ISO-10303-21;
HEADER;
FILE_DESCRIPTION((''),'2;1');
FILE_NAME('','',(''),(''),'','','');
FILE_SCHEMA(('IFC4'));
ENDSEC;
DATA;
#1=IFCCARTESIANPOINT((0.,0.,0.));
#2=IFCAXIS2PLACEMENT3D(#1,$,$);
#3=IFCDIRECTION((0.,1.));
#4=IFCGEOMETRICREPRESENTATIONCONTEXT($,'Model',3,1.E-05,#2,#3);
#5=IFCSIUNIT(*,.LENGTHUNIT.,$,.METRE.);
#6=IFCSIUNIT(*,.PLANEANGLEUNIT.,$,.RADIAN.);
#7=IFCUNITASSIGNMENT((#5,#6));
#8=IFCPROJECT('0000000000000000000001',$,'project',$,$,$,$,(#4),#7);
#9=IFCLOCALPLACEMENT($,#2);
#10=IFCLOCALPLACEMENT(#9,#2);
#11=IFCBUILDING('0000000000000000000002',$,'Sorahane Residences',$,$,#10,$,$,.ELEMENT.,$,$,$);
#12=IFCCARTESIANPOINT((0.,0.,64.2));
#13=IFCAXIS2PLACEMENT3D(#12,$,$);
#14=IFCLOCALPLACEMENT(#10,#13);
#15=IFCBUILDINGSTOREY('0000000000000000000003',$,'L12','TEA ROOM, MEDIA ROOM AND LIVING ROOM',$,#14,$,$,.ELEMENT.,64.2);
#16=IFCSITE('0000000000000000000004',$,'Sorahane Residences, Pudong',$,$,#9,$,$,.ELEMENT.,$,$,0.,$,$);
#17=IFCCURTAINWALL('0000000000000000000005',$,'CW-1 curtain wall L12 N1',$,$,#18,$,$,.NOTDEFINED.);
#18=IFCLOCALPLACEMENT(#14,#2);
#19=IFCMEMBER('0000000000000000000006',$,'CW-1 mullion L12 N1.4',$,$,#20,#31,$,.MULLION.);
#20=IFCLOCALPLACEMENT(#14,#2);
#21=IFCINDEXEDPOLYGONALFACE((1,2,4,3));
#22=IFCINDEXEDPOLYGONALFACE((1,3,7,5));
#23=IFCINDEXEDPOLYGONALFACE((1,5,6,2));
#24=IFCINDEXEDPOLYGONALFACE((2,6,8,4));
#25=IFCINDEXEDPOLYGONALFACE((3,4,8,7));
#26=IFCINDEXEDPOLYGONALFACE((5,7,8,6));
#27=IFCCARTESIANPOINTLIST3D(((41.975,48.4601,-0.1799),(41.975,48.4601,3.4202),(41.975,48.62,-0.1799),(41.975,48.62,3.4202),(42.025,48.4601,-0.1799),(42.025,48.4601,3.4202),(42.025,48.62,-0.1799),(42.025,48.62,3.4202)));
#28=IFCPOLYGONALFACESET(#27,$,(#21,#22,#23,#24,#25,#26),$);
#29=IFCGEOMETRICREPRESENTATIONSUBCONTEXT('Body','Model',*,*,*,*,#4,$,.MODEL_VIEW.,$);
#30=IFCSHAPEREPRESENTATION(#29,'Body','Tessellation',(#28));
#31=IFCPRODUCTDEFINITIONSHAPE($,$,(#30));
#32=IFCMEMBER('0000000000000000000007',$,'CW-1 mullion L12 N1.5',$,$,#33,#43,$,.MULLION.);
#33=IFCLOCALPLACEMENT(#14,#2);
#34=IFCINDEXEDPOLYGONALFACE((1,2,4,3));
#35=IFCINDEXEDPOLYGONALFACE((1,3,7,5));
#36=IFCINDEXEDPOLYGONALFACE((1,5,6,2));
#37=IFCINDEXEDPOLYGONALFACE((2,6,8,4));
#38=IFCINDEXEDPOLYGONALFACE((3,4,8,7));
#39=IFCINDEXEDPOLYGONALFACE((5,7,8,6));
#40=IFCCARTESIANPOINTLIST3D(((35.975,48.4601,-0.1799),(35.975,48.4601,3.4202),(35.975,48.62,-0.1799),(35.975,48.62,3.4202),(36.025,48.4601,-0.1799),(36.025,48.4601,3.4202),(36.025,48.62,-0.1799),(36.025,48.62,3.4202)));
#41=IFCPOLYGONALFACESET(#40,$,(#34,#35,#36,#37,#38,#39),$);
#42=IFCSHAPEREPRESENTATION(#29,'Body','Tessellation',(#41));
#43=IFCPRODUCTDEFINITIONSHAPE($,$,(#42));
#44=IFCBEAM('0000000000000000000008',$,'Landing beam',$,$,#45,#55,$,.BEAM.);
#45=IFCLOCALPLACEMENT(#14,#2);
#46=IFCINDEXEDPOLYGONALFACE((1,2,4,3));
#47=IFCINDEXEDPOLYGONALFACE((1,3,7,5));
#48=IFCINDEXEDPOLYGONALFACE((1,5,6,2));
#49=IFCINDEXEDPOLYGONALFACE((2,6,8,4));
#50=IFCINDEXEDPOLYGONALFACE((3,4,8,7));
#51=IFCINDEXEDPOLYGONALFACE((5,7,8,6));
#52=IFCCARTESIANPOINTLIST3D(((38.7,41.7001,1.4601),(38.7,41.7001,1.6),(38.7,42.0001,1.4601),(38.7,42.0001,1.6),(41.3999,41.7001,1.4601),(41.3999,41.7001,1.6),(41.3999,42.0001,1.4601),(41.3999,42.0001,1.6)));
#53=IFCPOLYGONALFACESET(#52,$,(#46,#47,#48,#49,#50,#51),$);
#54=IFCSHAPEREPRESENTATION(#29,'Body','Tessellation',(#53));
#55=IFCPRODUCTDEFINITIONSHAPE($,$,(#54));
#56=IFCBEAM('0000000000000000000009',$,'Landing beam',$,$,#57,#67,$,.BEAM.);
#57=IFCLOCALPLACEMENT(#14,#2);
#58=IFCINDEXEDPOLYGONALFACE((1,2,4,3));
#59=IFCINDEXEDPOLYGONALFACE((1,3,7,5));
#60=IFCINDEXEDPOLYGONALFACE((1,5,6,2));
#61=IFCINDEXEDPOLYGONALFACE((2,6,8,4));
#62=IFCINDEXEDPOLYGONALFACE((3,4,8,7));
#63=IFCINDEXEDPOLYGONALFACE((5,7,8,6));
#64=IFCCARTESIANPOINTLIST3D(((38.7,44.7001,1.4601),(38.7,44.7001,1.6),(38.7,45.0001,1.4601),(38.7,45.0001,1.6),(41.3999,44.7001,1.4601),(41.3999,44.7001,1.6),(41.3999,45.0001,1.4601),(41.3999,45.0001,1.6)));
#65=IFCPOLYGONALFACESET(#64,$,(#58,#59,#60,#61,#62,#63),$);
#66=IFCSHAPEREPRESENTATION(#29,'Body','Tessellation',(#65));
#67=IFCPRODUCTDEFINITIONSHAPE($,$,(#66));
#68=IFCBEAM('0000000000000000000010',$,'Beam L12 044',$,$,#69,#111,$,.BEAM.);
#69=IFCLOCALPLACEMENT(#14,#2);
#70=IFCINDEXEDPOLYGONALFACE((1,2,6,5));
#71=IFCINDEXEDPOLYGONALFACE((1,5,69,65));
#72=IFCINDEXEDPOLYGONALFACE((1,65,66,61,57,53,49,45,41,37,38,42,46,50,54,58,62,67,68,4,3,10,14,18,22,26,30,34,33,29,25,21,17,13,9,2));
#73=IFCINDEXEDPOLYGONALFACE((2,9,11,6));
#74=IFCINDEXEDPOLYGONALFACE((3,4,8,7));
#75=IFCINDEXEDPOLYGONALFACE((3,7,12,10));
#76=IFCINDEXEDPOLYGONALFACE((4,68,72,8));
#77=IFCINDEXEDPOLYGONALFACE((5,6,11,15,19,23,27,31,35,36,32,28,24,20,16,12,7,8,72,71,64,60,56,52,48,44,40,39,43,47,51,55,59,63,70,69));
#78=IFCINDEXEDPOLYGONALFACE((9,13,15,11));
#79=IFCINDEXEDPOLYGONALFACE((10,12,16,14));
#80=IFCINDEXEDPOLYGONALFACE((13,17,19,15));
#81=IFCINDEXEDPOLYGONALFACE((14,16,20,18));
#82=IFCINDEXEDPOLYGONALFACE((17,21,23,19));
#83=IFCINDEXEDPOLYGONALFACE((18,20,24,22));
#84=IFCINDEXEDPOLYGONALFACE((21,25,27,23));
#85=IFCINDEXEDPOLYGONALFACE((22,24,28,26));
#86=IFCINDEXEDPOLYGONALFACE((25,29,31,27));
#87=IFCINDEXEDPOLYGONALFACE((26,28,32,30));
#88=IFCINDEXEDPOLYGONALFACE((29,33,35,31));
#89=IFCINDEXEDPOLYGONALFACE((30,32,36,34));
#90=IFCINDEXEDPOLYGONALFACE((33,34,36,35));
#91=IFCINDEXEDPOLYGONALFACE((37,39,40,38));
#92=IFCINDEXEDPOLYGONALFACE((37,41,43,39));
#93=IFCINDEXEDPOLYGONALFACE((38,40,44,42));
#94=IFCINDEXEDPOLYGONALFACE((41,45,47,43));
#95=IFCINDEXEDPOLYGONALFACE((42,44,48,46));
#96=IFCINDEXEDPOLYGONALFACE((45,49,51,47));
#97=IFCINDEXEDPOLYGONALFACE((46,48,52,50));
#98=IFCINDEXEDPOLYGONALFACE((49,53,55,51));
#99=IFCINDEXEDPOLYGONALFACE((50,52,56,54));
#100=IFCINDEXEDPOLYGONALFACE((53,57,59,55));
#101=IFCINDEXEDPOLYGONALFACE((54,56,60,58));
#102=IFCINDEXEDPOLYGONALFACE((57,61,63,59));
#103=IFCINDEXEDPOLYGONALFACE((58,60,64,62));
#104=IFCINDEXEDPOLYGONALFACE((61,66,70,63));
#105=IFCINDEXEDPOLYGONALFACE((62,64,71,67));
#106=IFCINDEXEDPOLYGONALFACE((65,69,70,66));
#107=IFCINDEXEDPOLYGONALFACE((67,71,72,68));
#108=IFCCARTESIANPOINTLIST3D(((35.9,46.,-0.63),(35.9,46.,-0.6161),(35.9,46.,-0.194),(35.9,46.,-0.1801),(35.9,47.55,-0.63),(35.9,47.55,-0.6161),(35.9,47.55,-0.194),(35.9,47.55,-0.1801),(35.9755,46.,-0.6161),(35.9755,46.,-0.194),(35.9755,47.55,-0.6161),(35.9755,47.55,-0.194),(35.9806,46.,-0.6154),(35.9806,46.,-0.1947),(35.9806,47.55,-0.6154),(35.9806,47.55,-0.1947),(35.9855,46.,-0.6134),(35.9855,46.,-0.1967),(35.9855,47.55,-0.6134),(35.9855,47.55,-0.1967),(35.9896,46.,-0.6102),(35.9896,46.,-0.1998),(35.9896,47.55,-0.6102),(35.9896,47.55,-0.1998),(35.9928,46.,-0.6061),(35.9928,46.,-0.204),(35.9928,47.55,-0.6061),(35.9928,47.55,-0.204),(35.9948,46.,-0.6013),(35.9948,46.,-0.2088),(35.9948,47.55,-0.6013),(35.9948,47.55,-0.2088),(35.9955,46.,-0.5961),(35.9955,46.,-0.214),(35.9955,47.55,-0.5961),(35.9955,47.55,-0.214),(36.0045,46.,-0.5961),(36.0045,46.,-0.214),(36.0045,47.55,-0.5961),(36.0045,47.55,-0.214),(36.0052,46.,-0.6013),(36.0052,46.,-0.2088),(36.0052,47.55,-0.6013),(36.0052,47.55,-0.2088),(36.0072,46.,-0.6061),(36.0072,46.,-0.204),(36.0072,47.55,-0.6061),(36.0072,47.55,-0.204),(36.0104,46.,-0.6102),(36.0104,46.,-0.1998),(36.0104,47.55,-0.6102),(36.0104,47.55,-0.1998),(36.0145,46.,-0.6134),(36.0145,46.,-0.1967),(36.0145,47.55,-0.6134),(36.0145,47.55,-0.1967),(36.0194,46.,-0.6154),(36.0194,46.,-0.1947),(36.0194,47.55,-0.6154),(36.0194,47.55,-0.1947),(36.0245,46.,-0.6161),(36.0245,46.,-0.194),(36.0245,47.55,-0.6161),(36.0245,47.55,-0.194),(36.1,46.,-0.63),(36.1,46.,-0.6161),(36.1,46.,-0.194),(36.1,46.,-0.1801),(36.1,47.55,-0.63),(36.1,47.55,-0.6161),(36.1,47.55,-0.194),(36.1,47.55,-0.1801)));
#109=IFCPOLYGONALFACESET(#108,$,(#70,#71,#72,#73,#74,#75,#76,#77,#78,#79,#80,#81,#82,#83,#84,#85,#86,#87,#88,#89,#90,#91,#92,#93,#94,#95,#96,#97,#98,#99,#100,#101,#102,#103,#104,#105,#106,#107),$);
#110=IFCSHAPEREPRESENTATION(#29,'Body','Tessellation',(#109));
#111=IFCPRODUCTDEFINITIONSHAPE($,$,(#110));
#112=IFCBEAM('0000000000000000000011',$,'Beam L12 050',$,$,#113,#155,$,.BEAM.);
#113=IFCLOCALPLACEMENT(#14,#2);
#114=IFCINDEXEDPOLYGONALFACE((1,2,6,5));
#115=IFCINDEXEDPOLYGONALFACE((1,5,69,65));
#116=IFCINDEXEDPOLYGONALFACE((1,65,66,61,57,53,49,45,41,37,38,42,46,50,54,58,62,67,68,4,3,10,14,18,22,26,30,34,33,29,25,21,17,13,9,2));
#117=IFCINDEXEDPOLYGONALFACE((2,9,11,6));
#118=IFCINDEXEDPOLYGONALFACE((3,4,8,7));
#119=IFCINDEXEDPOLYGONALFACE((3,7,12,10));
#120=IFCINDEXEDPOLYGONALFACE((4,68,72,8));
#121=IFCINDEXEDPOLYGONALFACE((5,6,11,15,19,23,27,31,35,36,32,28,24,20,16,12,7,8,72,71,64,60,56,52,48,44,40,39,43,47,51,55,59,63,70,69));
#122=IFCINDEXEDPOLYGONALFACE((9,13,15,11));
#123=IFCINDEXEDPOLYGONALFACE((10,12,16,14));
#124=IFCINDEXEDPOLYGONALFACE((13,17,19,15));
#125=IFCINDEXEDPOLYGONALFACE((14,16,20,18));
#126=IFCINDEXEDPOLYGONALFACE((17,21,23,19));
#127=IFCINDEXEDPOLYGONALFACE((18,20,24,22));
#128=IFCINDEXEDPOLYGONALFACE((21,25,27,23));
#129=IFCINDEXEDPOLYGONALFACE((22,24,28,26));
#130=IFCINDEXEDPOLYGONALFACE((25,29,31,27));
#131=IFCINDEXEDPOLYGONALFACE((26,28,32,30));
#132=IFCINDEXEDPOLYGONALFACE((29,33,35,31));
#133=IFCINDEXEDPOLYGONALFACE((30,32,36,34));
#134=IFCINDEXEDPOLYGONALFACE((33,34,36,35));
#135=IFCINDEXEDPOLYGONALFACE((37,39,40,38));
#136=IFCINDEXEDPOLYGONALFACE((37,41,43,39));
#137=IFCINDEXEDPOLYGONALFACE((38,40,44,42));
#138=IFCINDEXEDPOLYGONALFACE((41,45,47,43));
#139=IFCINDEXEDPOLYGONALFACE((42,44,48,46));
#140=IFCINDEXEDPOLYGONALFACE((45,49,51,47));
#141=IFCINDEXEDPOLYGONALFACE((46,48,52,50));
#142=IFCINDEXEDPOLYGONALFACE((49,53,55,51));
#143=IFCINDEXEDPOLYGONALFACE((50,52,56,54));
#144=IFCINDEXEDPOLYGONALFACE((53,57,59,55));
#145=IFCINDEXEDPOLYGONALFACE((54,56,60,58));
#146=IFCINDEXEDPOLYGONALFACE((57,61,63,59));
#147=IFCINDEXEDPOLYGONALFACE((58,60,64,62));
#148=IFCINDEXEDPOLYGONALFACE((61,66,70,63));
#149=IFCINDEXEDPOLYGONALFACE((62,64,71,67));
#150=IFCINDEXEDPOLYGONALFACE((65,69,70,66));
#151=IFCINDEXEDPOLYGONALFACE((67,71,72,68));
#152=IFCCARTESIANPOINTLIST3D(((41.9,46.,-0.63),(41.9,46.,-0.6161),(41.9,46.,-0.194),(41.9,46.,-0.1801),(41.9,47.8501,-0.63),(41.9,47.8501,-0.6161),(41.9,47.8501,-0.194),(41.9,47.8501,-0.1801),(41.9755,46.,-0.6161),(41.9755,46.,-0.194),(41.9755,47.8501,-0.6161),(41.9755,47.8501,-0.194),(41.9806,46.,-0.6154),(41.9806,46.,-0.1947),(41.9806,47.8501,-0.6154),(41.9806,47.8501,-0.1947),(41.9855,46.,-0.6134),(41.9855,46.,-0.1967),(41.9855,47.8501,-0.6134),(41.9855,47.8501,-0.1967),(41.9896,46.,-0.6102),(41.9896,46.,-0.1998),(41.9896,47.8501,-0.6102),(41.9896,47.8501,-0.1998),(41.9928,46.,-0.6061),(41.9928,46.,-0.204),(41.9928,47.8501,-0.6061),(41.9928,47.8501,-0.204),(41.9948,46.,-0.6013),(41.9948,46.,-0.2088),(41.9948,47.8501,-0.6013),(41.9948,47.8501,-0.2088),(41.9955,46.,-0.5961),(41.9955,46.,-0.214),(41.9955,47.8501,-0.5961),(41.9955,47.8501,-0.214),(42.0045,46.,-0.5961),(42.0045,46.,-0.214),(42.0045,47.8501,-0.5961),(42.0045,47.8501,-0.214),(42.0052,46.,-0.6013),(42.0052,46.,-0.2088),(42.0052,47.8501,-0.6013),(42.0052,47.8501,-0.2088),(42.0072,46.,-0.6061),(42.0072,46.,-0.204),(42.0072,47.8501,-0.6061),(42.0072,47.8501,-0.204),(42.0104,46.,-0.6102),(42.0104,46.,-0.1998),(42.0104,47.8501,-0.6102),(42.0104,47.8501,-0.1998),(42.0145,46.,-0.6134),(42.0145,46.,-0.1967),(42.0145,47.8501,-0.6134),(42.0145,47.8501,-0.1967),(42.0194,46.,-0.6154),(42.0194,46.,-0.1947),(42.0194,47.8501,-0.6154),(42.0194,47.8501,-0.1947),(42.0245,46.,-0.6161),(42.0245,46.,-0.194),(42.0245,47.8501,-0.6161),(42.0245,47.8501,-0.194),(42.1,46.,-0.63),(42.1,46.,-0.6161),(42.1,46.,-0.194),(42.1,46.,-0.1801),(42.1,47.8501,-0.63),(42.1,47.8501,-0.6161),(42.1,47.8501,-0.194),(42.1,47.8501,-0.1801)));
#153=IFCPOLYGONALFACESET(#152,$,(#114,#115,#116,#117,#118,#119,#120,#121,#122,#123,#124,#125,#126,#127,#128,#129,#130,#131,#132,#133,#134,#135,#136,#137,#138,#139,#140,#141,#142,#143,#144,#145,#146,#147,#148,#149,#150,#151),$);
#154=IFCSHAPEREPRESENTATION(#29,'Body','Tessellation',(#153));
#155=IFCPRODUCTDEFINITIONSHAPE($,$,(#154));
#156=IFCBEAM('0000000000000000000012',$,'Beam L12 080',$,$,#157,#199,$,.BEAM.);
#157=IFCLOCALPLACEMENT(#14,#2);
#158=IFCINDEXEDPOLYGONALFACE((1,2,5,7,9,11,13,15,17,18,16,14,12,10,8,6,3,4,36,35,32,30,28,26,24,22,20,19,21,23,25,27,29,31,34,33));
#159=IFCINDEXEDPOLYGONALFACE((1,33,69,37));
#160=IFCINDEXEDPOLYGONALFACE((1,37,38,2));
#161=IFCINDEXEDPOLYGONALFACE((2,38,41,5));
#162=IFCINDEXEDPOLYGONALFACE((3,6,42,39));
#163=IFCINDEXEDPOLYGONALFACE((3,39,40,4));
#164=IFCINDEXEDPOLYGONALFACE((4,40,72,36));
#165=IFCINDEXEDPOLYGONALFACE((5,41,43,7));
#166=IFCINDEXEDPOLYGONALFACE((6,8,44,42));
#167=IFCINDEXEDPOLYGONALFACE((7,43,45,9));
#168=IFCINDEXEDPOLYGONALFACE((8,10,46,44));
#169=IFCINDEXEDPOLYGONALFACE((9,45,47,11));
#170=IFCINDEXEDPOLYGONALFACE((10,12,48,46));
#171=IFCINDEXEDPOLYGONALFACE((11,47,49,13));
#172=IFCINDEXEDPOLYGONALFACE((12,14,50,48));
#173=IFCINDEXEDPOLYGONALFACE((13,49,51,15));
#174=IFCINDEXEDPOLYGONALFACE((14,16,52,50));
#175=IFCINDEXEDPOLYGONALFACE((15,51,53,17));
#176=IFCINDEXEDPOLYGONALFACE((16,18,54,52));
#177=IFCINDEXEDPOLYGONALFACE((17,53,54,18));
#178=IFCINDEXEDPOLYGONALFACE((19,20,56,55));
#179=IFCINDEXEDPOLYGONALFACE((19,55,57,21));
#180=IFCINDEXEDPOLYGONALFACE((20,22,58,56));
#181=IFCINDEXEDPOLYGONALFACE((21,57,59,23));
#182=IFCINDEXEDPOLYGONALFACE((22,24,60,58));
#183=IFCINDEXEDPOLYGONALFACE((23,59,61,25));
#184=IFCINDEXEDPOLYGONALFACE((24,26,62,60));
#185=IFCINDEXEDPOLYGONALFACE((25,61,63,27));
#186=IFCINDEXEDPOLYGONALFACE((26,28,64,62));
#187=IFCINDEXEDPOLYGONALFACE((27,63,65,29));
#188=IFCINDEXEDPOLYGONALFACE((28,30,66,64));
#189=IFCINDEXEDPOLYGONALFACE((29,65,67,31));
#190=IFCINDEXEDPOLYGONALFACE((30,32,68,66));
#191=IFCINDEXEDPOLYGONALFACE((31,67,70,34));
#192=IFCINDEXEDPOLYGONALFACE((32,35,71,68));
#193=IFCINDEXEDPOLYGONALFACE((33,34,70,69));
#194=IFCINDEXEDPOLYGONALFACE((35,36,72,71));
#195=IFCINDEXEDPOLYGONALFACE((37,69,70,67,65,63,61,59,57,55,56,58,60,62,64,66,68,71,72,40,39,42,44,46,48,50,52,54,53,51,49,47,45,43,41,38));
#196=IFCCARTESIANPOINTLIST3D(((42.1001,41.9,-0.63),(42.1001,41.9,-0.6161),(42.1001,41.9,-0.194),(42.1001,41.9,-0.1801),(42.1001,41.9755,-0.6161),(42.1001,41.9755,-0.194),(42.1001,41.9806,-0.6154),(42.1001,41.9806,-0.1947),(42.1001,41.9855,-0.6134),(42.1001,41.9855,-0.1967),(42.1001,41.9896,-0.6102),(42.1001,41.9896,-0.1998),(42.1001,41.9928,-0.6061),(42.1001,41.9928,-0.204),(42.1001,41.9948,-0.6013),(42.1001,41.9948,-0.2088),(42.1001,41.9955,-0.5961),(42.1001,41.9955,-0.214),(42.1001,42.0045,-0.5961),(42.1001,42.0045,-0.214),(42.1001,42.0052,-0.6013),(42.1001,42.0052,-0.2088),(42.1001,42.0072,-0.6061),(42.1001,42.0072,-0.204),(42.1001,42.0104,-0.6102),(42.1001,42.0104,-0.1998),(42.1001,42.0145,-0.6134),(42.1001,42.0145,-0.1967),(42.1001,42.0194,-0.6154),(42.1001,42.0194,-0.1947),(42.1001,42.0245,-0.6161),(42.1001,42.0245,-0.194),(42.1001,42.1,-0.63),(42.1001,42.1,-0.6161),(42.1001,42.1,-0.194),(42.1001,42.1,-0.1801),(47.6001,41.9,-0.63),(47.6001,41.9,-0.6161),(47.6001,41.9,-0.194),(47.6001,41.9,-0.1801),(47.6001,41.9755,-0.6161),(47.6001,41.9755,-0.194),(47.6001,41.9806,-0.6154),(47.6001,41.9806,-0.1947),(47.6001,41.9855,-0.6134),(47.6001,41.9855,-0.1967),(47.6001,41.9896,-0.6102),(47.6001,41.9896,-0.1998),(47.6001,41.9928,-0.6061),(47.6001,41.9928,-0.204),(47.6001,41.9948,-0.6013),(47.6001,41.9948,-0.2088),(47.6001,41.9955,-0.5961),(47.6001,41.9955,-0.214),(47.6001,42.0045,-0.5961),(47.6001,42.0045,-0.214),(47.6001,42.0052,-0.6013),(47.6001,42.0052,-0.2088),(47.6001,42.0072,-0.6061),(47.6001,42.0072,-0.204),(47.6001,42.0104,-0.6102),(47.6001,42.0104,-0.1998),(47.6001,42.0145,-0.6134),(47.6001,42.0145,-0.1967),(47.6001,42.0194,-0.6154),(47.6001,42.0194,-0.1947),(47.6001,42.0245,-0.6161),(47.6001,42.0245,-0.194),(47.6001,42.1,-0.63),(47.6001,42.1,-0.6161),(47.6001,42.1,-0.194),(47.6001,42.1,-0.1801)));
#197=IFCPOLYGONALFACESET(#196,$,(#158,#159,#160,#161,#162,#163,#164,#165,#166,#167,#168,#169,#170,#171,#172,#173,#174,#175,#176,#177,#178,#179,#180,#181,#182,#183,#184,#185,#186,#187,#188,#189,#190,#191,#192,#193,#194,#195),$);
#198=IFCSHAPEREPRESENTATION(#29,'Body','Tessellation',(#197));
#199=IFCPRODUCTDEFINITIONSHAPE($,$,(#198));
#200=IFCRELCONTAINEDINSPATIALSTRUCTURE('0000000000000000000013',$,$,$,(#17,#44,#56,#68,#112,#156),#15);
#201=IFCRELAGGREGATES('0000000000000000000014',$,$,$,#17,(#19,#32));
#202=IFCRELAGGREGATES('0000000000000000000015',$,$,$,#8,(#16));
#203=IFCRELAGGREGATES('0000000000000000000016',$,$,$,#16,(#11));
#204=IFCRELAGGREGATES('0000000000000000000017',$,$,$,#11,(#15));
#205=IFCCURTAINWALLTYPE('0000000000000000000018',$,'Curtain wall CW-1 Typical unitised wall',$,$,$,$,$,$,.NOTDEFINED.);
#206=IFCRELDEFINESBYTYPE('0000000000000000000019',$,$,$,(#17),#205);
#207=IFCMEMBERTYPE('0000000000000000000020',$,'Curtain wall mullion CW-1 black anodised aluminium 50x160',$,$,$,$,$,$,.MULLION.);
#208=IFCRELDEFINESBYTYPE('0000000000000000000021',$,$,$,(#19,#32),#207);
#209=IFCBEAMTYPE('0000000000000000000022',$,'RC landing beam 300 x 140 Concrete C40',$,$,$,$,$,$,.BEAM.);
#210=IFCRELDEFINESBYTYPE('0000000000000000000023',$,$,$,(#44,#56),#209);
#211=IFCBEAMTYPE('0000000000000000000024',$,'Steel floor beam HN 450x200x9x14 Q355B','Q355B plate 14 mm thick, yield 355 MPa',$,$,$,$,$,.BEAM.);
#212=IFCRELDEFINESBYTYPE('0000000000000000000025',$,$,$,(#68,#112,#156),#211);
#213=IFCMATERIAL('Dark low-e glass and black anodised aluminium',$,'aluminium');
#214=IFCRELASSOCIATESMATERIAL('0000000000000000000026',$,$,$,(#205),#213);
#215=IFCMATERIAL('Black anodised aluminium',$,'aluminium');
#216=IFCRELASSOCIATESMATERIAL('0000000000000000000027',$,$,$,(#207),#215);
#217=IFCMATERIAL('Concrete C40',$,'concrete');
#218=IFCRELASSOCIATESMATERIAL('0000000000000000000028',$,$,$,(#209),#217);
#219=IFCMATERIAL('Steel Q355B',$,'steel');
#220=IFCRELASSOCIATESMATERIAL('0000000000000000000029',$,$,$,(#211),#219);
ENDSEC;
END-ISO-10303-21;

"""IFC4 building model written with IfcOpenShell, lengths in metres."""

from ifc_helpers import new_model, si_unit, direction, frame, origin, origin_2d, place, context, subcontext, project, spatial, rectangle, i_section, extrude, material, material_profile, profile_set, type_object, element, aggregate, save


model = new_model("IFC4")

# Units and contexts
model_context = context("Model", 3, precision=1e-05, world=origin(), true_north=direction((0.0, 1.0)))
body_context = subcontext(model_context, "Body", "Model", "MODEL_VIEW")
ifc_project = project(units=[si_unit("LENGTHUNIT", "METRE"), si_unit("PLANEANGLEUNIT", "RADIAN")], contexts=[model_context])

# Site, building, storey
site_placement = place(None, origin())
site = spatial("IfcSite", under=ifc_project, at=site_placement, Name="Sorahane Residences, Pudong", CompositionType="ELEMENT", RefElevation=0.0)
building_placement = place(site_placement, origin())
building = spatial("IfcBuilding", under=site, at=building_placement, Name="Sorahane Residences", CompositionType="ELEMENT")
storey_placement = place(building_placement, frame((0.0, 0.0, 64.2)))
storey = spatial("IfcBuildingStorey", under=building, at=storey_placement, Name="L12", Description="TEA ROOM, MEDIA ROOM AND LIVING ROOM", CompositionType="ELEMENT", Elevation=64.2)

# Curtain wall, members
ifc_material_1 = material(Name="Dark low-e glass and black anodised aluminium", Category="aluminium")
curtain_wall_type = type_object("IfcCurtainWallType", Name="Curtain wall CW-1 Typical unitised wall", PredefinedType="NOTDEFINED", material=ifc_material_1)
curtain_wall_placement = place(storey_placement, origin())
curtain_wall = element("IfcCurtainWall", 1, at=curtain_wall_placement, inside=storey, type_object=curtain_wall_type, Name="CW-1 curtain wall L12 N1", PredefinedType="NOTDEFINED")
ifc_material_2 = material(Name="Black anodised aluminium", Category="aluminium")
ifc_material_profile_1 = material_profile(ifc_material_2, rectangle(XDim=0.1599, YDim=0.05, at=origin_2d()), Name="Curtain wall mullion CW-1 black anodised aluminium 50x160")
ifc_profile_set_1 = profile_set([ifc_material_profile_1], Name="Black anodised aluminium")
member_type_1 = type_object("IfcMemberType", Name="Curtain wall mullion CW-1 black anodised aluminium 50x160", PredefinedType="MULLION", material=ifc_profile_set_1)
member_1_placement = place(storey_placement, frame((42.0, 48.54, -0.1799), z_axis=(0.0, 0.0, 1.0), x_axis=(0.0, 1.0, 0.0)))
member_1 = element("IfcMember", 2, at=member_1_placement, type_object=member_type_1, Name="CW-1 mullion L12 N1.4", PredefinedType="MULLION", context=body_context, shape_type="SweptSolid", body=[
    extrude(rectangle(XDim=0.1599, YDim=0.05, at=origin_2d()), origin(), (0.0, 0.0, 1.0), 3.6001),
])
member_2_placement = place(storey_placement, frame((36.0, 48.54, -0.1799), z_axis=(0.0, 0.0, 1.0), x_axis=(0.0, 1.0, 0.0)))
member_2 = element("IfcMember", 3, at=member_2_placement, type_object=member_type_1, Name="CW-1 mullion L12 N1.5", PredefinedType="MULLION", context=body_context, shape_type="SweptSolid", body=[
    extrude(rectangle(XDim=0.1599, YDim=0.05, at=origin_2d()), origin(), (0.0, 0.0, 1.0), 3.6001),
])

# Beams
ifc_material_3 = material(Name="Concrete C40", Category="concrete")
ifc_material_profile_2 = material_profile(ifc_material_3, rectangle(XDim=0.3, YDim=0.1399, at=origin_2d()), Name="300x140")
ifc_profile_set_2 = profile_set([ifc_material_profile_2], Name="Concrete C40")
beam_type_1 = type_object("IfcBeamType", Name="RC landing beam 300 x 140 Concrete C40", PredefinedType="BEAM", material=ifc_profile_set_2)
for number, where, z_axis, x_axis, name in (
    (4, (38.7, 41.8501, 1.53), (1.0, 0.0, 0.0), (0.0, 1.0, 0.0), "Landing beam"),
    (5, (38.7, 44.8501, 1.53), (1.0, 0.0, 0.0), (0.0, 1.0, 0.0), "Landing beam"),
):
    element("IfcBeam", number, at=place(storey_placement, frame(where, z_axis=z_axis, x_axis=x_axis)), inside=storey, type_object=beam_type_1, Name=name, PredefinedType="BEAM", context=body_context, shape_type="SweptSolid", body=[
        extrude(rectangle(XDim=0.3, YDim=0.1399, at=origin_2d()), origin(), (0.0, 0.0, 1.0), 2.7),
    ])
ifc_material_4 = material(Name="Steel Q355B", Category="steel")
ifc_material_profile_3 = material_profile(ifc_material_4, i_section(OverallWidth=0.2, OverallDepth=0.45, WebThickness=0.009, FlangeThickness=0.0139, FilletRadius=0.02, at=origin_2d()), Name="HN 450x200x9x14")
ifc_profile_set_3 = profile_set([ifc_material_profile_3], Name="Steel Q355B")
beam_type_2 = type_object("IfcBeamType", Name="Steel floor beam HN 450x200x9x14 Q355B", Description="Q355B plate 14 mm thick, yield 355 MPa", PredefinedType="BEAM", material=ifc_profile_set_3)
beam_1_placement = place(storey_placement, frame((36.0, 46.0, -0.405), z_axis=(0.0, 1.0, 0.0), x_axis=(-1.0, 0.0, 0.0)))
element("IfcBeam", 6, at=beam_1_placement, inside=storey, type_object=beam_type_2, Name="Beam L12 044", PredefinedType="BEAM", context=body_context, shape_type="SweptSolid", body=[
    extrude(i_section(OverallWidth=0.2, OverallDepth=0.45, WebThickness=0.009, FlangeThickness=0.0139, FilletRadius=0.02, at=origin_2d()), origin(), (0.0, 0.0, 1.0), 1.55),
])
beam_2_placement = place(storey_placement, frame((42.0, 46.0, -0.405), z_axis=(0.0, 1.0, 0.0), x_axis=(-1.0, 0.0, 0.0)))
element("IfcBeam", 7, at=beam_2_placement, inside=storey, type_object=beam_type_2, Name="Beam L12 050", PredefinedType="BEAM", context=body_context, shape_type="SweptSolid", body=[
    extrude(i_section(OverallWidth=0.2, OverallDepth=0.45, WebThickness=0.009, FlangeThickness=0.0139, FilletRadius=0.02, at=origin_2d()), origin(), (0.0, 0.0, 1.0), 1.8501),
])
beam_3_placement = place(storey_placement, frame((42.1001, 42.0, -0.405), z_axis=(1.0, 0.0, 0.0), x_axis=(0.0, 1.0, 0.0)))
element("IfcBeam", 8, at=beam_3_placement, inside=storey, type_object=beam_type_2, Name="Beam L12 080", PredefinedType="BEAM", context=body_context, shape_type="SweptSolid", body=[
    extrude(i_section(OverallWidth=0.2, OverallDepth=0.45, WebThickness=0.009, FlangeThickness=0.0139, FilletRadius=0.02, at=origin_2d()), origin(), (0.0, 0.0, 1.0), 5.5),
])

aggregate(curtain_wall, [member_1, member_2])

save(model, "model.ifc")
